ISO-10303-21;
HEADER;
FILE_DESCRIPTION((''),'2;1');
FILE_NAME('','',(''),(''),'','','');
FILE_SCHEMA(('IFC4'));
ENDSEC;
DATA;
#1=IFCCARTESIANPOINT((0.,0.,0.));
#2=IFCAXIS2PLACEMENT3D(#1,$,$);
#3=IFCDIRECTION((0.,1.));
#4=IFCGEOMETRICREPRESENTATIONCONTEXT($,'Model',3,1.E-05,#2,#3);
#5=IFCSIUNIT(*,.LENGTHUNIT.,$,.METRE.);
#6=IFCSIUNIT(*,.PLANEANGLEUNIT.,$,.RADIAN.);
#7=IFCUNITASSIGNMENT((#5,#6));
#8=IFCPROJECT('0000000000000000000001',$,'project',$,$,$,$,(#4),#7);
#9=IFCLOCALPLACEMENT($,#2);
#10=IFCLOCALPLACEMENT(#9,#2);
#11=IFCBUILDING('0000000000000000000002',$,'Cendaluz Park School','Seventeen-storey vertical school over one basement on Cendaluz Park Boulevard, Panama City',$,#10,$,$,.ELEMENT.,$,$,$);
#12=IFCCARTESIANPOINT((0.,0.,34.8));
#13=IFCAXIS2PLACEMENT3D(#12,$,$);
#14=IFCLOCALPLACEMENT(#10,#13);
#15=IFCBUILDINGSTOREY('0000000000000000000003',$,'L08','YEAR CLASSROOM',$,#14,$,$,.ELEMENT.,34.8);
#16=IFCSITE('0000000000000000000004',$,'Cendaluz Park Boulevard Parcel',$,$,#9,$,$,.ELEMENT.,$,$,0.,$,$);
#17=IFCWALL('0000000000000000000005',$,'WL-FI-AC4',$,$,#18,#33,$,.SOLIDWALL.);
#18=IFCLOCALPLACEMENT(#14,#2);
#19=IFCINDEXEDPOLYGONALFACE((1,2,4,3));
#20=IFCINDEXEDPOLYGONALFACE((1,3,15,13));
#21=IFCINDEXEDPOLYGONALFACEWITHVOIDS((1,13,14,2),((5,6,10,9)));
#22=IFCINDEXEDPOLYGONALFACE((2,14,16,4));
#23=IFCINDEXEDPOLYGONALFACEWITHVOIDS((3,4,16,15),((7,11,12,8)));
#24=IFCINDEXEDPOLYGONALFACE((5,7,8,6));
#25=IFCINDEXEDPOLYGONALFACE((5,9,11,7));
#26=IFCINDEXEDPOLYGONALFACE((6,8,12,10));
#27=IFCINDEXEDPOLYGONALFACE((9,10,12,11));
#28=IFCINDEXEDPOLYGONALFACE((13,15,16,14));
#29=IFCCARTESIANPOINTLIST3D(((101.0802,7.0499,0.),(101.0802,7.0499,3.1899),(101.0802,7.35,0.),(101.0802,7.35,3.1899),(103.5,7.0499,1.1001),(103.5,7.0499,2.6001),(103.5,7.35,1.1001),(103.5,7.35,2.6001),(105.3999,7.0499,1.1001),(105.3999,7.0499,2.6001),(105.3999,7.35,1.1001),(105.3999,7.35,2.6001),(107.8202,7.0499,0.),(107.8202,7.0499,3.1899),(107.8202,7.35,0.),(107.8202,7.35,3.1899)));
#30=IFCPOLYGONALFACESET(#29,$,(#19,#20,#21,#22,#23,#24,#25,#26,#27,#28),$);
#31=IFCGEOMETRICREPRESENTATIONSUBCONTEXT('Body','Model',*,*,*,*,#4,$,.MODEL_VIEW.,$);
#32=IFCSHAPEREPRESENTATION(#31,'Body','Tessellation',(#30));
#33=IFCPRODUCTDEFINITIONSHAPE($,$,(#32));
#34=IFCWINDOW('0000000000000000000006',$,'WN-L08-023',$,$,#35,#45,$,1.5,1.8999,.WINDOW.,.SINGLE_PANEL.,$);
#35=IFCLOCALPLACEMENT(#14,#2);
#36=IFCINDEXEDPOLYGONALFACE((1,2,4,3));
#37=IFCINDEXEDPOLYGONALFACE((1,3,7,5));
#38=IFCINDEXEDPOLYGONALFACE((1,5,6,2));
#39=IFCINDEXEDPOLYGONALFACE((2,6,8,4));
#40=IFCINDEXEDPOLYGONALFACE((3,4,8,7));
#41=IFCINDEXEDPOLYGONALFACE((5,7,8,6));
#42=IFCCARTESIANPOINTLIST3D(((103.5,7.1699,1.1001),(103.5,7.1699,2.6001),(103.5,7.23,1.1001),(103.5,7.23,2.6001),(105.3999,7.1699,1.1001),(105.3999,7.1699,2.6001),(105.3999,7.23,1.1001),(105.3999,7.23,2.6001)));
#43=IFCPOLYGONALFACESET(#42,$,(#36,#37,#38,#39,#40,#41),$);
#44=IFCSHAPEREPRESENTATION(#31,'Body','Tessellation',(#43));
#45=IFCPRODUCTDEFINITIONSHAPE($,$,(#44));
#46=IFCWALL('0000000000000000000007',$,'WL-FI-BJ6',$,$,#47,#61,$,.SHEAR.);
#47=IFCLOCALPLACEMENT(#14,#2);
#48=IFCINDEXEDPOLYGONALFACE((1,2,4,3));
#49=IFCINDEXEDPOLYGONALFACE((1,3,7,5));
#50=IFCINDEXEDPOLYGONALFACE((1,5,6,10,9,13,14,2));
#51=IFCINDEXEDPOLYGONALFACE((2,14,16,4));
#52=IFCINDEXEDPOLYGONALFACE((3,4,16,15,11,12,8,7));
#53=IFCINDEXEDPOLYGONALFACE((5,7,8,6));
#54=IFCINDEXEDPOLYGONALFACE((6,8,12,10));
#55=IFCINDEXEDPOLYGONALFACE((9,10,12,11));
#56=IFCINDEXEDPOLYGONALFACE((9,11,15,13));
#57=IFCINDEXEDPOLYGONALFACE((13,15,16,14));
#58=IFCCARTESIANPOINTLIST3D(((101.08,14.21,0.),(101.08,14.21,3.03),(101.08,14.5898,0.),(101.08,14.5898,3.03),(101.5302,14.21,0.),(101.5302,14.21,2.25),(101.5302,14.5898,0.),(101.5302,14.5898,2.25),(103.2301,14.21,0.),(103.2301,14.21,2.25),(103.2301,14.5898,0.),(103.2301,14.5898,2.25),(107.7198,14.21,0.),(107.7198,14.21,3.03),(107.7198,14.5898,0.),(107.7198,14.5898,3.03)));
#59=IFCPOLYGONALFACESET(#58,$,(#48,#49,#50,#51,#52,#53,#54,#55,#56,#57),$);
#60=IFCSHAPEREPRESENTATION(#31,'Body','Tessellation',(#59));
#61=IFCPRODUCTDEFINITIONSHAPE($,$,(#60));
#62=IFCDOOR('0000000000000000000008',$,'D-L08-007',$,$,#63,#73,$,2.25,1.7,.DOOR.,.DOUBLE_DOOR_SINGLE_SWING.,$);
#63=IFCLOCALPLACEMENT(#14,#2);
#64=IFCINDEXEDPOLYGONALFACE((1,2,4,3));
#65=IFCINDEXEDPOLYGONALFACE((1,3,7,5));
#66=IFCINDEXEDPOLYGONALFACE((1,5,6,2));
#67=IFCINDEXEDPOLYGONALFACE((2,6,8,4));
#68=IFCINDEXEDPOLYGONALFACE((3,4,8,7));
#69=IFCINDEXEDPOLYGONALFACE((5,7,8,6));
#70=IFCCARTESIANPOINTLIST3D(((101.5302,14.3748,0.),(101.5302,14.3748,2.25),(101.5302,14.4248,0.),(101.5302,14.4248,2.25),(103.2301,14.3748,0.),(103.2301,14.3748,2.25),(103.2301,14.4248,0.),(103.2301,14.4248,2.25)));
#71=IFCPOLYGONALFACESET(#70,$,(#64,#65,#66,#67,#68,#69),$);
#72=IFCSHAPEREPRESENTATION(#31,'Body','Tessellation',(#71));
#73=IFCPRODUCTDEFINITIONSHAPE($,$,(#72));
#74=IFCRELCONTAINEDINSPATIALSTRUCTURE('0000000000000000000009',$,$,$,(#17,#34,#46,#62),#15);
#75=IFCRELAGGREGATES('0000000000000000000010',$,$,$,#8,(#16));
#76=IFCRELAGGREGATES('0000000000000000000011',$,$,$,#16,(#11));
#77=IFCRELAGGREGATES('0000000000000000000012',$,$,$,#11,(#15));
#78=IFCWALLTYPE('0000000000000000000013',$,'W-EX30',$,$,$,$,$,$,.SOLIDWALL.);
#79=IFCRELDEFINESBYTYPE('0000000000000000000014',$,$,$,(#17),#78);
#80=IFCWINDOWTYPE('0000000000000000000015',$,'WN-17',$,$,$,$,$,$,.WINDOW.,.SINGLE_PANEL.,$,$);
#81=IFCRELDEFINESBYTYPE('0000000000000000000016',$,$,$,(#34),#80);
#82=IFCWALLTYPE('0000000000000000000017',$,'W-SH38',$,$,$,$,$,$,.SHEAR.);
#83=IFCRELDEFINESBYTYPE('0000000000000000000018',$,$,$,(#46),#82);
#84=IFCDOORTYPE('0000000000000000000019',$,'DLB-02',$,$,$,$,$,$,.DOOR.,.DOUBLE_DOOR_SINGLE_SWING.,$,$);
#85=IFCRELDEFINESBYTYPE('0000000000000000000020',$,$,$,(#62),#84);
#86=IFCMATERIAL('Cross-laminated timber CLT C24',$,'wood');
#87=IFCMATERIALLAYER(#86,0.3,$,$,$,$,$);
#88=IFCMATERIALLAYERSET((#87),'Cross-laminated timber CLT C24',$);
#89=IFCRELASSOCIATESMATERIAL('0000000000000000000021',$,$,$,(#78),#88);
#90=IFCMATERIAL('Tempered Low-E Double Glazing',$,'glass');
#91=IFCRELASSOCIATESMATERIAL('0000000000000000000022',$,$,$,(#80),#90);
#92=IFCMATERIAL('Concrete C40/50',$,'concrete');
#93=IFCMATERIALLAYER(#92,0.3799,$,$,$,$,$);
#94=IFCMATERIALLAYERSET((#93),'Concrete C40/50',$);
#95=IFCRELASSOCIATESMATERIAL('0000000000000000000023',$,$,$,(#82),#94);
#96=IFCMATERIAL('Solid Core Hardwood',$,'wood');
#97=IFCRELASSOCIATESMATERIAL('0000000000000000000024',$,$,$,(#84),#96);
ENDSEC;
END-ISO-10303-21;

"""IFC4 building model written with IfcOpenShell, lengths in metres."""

from ifc_helpers import new_model, si_unit, direction, frame, frame_2d, origin, place, context, subcontext, project, spatial, rectangle, extrude, material, layer, layer_set, type_object, element, fill, save


model = new_model("IFC4")

# Units and contexts
model_context = context("Model", 3, precision=1e-05, world=origin(), true_north=direction((0.0, 1.0)))
body_context = subcontext(model_context, "Body", "Model", "MODEL_VIEW")
ifc_project = project(units=[si_unit("LENGTHUNIT", "METRE"), si_unit("PLANEANGLEUNIT", "RADIAN")], contexts=[model_context])

# Site, building, storey
site_placement = place(None, origin())
site = spatial("IfcSite", under=ifc_project, at=site_placement, Name="Cendaluz Park Boulevard Parcel", CompositionType="ELEMENT", RefElevation=0.0)
building_placement = place(site_placement, origin())
building = spatial("IfcBuilding", under=site, at=building_placement, Name="Cendaluz Park School", Description="Seventeen-storey vertical school over one basement on Cendaluz Park Boulevard, Panama City", CompositionType="ELEMENT")
storey_placement = place(building_placement, frame((0.0, 0.0, 34.8)))
storey = spatial("IfcBuildingStorey", under=building, at=storey_placement, Name="L08", Description="YEAR CLASSROOM", CompositionType="ELEMENT", Elevation=34.8)

# Wall, opening, window
ifc_material_1 = material(Name="Cross-laminated timber CLT C24", Category="wood")
ifc_layer_1 = layer(ifc_material_1, 0.3)
ifc_layer_set_1 = layer_set([ifc_layer_1], Name="Cross-laminated timber CLT C24")
wall_type_1 = type_object("IfcWallType", Name="W-EX30", PredefinedType="SOLIDWALL", material=ifc_layer_set_1)
ifc_material_2 = material(Name="Tempered Low-E Double Glazing", Category="glass")
wall_1_placement = place(storey_placement, frame((101.0801, 7.2, 0.0), z_axis=(0.0, 0.0, 1.0), x_axis=(1.0, 0.0, 0.0)))
wall_1 = element("IfcWall", 1, at=wall_1_placement, inside=storey, type_object=wall_type_1, Name="WL-FI-AC4", PredefinedType="SOLIDWALL", context=body_context, shape_type="SweptSolid", body=[
    extrude(rectangle(XDim=6.74, YDim=0.3, at=frame_2d((3.3701, 0.0))), origin(), (0.0, 0.0, 1.0), 3.1899),
])
opening_1_placement = place(wall_1_placement, frame((2.4199, 0.0, 1.1001)))
opening_1 = element("IfcOpeningElement", 2, at=opening_1_placement, cuts=wall_1, PredefinedType="OPENING", context=body_context, shape_type="SweptSolid", body=[
    extrude(rectangle(XDim=1.8999, YDim=1.5, at=frame_2d((0.95, 0.75))), frame((0.0, 0.1621, 0.0), z_axis=(0.0, -1.0, 0.0), x_axis=(1.0, 0.0, 0.0)), (0.0, 0.0, 1.0), 0.324),
])
window_type_1 = type_object("IfcWindowType", Name="WN-17", PartitioningType="SINGLE_PANEL", PredefinedType="WINDOW", material=ifc_material_2)
window_1_placement = place(opening_1_placement, origin())
window_1 = element("IfcWindow", 3, at=window_1_placement, inside=storey, type_object=window_type_1, Name="WN-L08-023", OverallHeight=1.5, OverallWidth=1.8999, PartitioningType="SINGLE_PANEL", PredefinedType="WINDOW", context=body_context, shape_type="SweptSolid", body=[
    extrude(rectangle(XDim=1.8999, YDim=1.5, at=frame_2d((0.95, 0.75))), frame((0.0, 0.03, 0.0), z_axis=(0.0, -1.0, 0.0), x_axis=(1.0, 0.0, 0.0)), (0.0, 0.0, 1.0), 0.0601),
])
fill(opening_1, window_1)

# Shared definitions
ifc_material_3 = material(Name="Concrete C40/50", Category="concrete")
ifc_material_4 = material(Name="Solid Core Hardwood", Category="wood")

# Wall, opening, door
ifc_layer_2 = layer(ifc_material_3, 0.3799)
ifc_layer_set_2 = layer_set([ifc_layer_2], Name="Concrete C40/50")
wall_type_2 = type_object("IfcWallType", Name="W-SH38", PredefinedType="SHEAR", material=ifc_layer_set_2)
wall_2_placement = place(storey_placement, frame((101.0801, 14.3999, 0.0), z_axis=(0.0, 0.0, 1.0), x_axis=(1.0, 0.0, 0.0)))
wall_2 = element("IfcWall", 4, at=wall_2_placement, inside=storey, type_object=wall_type_2, Name="WL-FI-BJ6", PredefinedType="SHEAR", context=body_context, shape_type="SweptSolid", body=[
    extrude(rectangle(XDim=6.6399, YDim=0.3799, at=frame_2d((3.3198, 0.0))), origin(), (0.0, 0.0, 1.0), 3.03),
])
opening_2_placement = place(wall_2_placement, frame((0.45, 0.0, 0.0)))
opening_2 = element("IfcOpeningElement", 5, at=opening_2_placement, cuts=wall_2, PredefinedType="OPENING", context=body_context, shape_type="SweptSolid", body=[
    extrude(rectangle(XDim=1.7, YDim=2.25, at=frame_2d((0.8501, 1.125))), frame((0.0, 0.2019, 0.0), z_axis=(0.0, -1.0, 0.0), x_axis=(1.0, 0.0, 0.0)), (0.0, 0.0, 1.0), 0.4038),
])
door_type_1 = type_object("IfcDoorType", Name="DLB-02", OperationType="DOUBLE_DOOR_SINGLE_SWING", PredefinedType="DOOR", material=ifc_material_4)
door_1_placement = place(opening_2_placement, origin())
door_1 = element("IfcDoor", 6, at=door_1_placement, inside=storey, type_object=door_type_1, Name="D-L08-007", OperationType="DOUBLE_DOOR_SINGLE_SWING", OverallHeight=2.25, OverallWidth=1.7, PredefinedType="DOOR", context=body_context, shape_type="SweptSolid", body=[
    extrude(rectangle(XDim=1.7, YDim=2.25, at=frame_2d((0.8501, 1.125))), frame((0.0, 0.0249, 0.0), z_axis=(0.0, -1.0, 0.0), x_axis=(1.0, 0.0, 0.0)), (0.0, 0.0, 1.0), 0.05),
])
fill(opening_2, door_1)

save(model, "model.ifc")
